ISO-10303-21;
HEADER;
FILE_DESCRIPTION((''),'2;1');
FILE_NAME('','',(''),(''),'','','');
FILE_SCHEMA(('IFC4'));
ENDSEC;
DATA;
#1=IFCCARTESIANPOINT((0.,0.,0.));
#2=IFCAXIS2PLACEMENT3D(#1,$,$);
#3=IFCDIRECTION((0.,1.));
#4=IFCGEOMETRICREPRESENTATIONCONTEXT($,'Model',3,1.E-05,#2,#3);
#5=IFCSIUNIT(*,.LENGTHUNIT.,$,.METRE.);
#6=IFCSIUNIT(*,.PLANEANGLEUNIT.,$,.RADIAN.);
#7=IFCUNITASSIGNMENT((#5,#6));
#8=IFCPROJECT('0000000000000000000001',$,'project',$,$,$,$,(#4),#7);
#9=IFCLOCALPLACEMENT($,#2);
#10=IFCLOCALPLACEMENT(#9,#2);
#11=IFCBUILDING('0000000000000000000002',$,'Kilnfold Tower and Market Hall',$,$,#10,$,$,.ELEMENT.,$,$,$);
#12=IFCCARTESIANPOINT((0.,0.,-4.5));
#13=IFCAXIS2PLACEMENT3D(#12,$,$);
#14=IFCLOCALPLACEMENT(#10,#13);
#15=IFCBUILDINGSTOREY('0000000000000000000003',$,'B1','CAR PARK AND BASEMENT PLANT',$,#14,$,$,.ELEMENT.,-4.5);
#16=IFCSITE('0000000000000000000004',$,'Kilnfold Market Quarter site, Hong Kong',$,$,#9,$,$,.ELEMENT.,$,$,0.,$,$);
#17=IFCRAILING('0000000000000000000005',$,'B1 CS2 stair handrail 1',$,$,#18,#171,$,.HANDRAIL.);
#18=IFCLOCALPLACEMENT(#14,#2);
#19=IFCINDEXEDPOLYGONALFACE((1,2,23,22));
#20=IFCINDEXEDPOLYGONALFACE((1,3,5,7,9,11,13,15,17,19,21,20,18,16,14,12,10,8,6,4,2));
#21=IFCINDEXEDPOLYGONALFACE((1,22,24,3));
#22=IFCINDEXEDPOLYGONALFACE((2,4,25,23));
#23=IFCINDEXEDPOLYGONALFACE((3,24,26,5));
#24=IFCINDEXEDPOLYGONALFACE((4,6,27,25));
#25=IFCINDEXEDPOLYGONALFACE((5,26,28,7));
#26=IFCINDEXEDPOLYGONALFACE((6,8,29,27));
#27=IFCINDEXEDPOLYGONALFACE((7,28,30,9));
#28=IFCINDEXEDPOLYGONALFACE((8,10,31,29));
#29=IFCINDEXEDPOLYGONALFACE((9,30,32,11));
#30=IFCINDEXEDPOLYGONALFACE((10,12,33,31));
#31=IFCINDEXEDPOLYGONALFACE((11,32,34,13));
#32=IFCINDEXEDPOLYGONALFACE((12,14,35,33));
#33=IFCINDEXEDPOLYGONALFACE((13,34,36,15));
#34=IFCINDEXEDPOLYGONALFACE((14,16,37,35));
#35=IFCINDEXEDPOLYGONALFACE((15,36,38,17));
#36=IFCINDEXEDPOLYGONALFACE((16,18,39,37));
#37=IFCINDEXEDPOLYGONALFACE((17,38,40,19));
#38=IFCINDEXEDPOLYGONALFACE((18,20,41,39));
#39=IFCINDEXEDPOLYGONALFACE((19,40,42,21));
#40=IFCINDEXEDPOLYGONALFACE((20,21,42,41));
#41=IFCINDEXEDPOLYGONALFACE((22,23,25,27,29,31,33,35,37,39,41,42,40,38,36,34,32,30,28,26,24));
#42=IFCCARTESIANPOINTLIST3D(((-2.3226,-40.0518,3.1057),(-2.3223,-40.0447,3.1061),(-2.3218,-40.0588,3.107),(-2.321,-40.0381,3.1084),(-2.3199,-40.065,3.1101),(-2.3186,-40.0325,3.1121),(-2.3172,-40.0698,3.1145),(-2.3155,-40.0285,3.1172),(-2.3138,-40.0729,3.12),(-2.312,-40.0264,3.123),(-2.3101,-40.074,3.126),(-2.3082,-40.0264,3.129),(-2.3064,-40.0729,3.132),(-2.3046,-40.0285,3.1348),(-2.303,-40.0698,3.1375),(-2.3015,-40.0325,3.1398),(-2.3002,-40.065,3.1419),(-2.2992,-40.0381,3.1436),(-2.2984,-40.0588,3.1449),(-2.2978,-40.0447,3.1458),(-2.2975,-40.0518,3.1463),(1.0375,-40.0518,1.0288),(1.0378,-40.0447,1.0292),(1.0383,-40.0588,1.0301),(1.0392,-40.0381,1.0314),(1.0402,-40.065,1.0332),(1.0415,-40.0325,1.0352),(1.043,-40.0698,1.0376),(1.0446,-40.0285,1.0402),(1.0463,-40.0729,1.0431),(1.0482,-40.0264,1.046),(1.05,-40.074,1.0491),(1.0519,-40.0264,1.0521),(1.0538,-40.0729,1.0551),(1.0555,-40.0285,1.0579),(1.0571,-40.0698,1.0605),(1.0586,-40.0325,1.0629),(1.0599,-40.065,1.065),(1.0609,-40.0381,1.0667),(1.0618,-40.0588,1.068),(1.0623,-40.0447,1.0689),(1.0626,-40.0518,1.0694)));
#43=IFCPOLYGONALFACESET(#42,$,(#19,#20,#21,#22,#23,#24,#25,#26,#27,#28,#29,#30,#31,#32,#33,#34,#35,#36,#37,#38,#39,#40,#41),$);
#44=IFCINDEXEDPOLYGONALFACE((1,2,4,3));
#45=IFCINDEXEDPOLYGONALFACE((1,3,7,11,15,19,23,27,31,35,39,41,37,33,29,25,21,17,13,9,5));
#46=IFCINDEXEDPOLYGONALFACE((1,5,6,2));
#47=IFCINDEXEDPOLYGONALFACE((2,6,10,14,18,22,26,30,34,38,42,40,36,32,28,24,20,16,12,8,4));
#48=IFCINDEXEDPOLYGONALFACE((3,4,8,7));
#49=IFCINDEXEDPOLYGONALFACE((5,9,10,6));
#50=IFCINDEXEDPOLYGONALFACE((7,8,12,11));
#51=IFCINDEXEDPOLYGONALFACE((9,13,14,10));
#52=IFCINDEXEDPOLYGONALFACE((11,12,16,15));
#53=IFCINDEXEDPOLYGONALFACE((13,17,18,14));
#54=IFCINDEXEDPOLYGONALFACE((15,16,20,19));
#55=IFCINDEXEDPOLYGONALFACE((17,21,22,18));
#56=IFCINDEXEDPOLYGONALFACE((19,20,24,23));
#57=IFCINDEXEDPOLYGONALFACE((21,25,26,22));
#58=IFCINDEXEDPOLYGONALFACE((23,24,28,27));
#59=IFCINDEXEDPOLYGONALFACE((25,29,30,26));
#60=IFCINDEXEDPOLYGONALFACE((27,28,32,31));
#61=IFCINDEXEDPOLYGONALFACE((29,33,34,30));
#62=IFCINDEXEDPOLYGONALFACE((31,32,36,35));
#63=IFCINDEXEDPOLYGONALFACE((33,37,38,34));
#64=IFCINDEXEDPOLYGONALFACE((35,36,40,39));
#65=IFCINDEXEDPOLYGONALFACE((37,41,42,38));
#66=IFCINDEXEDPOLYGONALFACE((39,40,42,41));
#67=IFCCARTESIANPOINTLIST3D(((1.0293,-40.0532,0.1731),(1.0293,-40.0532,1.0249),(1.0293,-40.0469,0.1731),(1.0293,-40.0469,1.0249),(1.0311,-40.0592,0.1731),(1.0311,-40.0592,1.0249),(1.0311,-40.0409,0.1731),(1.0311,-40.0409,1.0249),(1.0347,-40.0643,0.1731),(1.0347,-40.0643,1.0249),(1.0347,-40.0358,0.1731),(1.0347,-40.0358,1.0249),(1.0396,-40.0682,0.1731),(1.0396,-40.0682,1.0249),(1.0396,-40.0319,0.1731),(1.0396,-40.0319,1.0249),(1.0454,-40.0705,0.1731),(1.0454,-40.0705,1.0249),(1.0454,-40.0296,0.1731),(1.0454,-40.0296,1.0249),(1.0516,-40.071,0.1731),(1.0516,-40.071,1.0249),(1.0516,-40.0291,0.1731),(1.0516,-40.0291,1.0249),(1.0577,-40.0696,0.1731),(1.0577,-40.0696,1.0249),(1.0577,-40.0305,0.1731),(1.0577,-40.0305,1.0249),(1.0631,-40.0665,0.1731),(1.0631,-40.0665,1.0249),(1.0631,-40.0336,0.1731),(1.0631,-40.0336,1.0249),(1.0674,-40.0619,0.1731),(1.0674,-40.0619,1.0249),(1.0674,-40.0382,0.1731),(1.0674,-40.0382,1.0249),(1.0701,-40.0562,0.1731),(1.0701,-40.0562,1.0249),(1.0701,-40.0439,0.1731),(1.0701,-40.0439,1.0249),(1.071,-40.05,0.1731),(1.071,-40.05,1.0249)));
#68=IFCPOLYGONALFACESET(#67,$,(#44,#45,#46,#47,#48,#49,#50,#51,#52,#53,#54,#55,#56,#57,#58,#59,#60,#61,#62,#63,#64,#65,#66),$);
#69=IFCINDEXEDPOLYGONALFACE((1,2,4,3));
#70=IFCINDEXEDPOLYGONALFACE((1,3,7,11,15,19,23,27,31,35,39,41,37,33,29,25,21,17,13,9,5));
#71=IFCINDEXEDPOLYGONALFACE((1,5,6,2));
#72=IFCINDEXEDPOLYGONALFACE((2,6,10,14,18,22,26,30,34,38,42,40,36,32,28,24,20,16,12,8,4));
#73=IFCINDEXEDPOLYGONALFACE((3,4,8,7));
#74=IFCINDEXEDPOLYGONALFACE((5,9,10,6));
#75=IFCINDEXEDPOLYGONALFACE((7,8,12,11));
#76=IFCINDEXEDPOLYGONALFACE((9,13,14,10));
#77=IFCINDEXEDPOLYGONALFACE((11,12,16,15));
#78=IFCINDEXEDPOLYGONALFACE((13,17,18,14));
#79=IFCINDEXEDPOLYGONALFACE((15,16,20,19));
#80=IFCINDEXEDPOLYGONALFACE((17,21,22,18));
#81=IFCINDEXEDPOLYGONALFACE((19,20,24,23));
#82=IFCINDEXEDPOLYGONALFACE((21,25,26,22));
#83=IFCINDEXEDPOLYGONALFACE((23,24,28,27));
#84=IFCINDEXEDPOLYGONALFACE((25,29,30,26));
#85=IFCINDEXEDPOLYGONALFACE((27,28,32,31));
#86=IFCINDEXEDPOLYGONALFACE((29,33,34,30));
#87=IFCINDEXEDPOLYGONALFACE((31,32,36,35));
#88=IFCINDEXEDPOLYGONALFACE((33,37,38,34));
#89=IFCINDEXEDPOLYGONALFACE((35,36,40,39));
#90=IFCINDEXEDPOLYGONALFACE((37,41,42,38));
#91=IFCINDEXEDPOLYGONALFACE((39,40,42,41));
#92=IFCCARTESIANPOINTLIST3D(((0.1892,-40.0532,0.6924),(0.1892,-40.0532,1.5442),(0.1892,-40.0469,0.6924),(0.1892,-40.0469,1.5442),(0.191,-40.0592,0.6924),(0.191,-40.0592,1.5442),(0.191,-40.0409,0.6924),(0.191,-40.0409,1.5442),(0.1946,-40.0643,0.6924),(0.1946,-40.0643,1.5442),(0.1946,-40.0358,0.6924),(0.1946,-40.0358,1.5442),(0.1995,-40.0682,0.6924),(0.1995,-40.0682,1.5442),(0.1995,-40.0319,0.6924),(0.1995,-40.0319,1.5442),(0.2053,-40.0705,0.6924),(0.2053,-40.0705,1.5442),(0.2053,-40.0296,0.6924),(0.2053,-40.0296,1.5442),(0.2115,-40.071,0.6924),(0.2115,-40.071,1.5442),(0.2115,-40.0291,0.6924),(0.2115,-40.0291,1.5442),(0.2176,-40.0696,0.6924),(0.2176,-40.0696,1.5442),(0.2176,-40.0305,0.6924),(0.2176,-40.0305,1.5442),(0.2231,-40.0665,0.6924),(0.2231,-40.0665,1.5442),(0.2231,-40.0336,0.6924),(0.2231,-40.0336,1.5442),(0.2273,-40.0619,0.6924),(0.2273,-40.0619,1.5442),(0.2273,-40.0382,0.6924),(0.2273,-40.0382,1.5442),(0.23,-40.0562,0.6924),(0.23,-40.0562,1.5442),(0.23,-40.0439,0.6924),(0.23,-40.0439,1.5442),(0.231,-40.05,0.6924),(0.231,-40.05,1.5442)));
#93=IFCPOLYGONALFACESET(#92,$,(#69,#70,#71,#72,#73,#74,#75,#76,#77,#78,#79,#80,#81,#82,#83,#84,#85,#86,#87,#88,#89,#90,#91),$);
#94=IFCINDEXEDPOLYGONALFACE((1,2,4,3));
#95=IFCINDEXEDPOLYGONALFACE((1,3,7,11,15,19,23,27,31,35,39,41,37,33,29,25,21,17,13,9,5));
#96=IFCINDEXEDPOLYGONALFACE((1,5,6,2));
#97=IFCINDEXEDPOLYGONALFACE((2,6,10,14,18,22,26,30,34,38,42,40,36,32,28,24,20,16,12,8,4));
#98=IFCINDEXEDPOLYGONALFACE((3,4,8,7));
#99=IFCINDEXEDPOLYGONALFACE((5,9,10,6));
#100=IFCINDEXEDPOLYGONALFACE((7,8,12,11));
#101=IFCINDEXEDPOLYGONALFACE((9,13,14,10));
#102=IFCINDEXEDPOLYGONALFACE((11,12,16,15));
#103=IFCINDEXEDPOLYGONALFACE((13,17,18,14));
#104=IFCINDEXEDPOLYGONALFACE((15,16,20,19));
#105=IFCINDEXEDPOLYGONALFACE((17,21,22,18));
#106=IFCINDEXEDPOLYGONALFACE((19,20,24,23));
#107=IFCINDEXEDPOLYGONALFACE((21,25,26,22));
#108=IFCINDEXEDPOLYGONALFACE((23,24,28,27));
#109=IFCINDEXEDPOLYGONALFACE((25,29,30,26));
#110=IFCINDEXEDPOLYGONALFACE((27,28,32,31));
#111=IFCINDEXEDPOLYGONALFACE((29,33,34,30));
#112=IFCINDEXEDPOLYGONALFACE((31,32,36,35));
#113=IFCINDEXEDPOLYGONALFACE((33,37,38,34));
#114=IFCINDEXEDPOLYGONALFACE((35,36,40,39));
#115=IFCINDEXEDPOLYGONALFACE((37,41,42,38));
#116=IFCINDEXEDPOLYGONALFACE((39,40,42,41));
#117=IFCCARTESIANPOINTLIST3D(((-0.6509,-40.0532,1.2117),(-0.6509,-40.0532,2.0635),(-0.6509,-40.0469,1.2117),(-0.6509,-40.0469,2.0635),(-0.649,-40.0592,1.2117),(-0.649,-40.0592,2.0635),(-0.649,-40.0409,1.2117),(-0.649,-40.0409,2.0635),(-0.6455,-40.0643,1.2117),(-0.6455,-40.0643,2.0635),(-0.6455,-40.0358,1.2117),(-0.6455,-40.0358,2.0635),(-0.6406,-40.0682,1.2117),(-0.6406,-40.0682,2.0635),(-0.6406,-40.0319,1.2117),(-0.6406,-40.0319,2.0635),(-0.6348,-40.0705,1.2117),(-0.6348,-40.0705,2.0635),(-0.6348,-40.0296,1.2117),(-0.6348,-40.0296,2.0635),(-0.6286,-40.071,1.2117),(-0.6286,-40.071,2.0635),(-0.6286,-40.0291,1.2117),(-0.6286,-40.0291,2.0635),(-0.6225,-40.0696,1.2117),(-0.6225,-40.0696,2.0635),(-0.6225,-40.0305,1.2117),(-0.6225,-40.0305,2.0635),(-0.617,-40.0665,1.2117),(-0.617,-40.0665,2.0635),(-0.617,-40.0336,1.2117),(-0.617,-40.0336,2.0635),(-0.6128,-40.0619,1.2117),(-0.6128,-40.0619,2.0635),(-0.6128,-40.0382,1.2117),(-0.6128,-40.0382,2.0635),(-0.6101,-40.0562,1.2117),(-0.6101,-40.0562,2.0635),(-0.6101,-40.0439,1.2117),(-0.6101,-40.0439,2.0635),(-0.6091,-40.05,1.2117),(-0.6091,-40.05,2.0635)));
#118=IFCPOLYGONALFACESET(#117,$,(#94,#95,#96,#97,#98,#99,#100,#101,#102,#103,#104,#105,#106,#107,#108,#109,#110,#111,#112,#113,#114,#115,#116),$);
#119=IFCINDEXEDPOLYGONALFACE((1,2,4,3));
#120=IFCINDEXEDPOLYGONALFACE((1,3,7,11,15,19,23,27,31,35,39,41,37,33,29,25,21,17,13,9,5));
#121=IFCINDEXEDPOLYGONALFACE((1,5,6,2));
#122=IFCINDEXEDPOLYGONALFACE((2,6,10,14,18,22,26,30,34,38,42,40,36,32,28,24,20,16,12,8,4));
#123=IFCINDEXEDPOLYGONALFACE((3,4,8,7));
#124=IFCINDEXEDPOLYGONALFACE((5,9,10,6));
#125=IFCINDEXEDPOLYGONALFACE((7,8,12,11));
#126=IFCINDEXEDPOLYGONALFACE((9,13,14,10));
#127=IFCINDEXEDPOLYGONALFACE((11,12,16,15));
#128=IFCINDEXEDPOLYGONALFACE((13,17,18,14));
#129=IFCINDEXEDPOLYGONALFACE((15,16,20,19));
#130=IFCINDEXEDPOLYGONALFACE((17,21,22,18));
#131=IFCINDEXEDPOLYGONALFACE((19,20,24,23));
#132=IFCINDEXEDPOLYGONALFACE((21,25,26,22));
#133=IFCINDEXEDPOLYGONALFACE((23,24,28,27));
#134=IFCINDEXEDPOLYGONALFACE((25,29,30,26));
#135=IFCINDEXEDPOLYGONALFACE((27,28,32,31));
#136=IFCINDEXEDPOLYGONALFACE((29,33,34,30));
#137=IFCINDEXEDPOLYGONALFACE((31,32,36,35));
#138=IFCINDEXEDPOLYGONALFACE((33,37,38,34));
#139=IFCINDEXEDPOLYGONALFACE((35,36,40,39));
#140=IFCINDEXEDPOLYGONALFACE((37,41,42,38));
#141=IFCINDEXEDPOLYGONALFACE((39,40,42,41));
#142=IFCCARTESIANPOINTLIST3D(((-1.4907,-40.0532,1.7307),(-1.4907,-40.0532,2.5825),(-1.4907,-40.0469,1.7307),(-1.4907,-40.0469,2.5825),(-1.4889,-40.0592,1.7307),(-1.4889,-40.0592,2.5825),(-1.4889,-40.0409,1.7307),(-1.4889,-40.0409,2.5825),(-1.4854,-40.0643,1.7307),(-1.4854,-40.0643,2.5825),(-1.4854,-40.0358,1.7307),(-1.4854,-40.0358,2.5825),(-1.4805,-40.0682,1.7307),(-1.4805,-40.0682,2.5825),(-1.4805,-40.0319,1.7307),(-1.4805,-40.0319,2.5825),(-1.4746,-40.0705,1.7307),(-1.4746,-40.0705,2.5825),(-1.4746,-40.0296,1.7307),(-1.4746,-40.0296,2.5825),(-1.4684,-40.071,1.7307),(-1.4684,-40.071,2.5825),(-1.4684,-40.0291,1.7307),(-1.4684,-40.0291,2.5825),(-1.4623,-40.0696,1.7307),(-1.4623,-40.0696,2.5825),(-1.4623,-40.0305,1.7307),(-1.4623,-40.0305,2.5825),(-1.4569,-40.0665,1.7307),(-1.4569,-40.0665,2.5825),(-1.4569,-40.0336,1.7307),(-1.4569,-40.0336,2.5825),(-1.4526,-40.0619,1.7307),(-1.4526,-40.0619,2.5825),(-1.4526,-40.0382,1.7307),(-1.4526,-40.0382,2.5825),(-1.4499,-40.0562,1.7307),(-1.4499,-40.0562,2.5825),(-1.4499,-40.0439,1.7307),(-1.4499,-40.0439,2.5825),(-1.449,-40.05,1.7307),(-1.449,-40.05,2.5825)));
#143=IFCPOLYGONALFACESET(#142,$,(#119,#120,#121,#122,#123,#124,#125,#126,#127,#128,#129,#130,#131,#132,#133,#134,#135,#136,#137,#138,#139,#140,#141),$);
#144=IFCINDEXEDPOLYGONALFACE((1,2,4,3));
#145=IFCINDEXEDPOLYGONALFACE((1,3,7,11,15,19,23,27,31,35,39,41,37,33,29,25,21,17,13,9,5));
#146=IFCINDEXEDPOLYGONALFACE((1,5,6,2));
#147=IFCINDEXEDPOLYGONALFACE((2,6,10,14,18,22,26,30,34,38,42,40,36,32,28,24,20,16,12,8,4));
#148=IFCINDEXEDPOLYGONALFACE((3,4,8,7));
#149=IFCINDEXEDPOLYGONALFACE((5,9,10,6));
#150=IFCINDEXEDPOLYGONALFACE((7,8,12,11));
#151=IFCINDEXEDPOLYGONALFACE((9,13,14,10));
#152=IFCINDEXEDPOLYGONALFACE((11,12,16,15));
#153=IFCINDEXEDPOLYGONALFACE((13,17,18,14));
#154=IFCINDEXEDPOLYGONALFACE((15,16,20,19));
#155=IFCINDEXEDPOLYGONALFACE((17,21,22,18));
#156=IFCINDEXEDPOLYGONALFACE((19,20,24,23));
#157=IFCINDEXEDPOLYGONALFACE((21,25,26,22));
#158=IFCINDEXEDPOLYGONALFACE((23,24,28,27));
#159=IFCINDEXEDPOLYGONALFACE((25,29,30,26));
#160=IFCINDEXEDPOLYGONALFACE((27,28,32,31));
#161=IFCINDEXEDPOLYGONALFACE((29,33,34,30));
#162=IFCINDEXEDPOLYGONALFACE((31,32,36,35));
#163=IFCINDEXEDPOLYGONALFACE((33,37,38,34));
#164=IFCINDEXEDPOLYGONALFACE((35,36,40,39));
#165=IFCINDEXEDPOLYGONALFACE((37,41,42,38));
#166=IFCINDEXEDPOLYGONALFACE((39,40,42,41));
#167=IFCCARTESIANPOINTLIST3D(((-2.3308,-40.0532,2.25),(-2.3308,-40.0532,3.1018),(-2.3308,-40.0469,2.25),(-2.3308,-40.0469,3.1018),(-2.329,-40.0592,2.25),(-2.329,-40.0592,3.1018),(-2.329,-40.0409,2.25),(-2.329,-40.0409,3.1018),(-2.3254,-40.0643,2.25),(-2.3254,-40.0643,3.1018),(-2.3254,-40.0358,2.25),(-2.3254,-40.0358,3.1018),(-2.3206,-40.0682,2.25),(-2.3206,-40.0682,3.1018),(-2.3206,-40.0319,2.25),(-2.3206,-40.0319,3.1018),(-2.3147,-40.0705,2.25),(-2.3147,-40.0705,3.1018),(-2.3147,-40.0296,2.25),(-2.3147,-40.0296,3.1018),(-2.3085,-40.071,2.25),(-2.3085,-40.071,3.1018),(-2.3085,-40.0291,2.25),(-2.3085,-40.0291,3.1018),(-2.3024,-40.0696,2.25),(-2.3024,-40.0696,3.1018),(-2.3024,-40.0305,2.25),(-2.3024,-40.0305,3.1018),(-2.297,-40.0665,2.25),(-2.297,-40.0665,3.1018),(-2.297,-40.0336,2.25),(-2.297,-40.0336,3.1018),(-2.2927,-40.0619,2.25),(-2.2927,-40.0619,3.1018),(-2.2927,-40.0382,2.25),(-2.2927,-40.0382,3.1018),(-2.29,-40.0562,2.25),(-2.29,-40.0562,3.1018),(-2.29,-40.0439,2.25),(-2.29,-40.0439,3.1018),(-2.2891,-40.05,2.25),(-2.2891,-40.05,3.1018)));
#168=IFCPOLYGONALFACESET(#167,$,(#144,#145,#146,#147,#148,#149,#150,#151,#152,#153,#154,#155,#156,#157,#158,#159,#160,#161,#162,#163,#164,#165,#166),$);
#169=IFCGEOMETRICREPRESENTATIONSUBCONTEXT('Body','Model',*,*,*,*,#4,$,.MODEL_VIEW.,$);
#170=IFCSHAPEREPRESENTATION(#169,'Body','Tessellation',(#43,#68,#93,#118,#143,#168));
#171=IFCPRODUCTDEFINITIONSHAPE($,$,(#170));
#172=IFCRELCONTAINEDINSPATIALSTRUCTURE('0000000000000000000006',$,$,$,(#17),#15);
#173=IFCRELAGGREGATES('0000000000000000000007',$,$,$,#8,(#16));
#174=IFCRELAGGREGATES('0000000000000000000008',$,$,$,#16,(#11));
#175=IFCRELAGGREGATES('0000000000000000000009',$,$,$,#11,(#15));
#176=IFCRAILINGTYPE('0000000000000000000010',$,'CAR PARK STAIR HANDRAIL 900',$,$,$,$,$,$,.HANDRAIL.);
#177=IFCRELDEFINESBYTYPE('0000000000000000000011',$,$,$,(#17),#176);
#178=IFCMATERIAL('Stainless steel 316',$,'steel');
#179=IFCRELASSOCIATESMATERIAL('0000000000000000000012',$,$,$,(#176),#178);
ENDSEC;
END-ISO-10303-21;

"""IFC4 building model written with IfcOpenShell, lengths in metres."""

from ifc_helpers import new_model, si_unit, direction, frame, origin, origin_2d, place, context, subcontext, project, spatial, circle, extrude, material, type_object, element, save


model = new_model("IFC4")

# Units and contexts
model_context = context("Model", 3, precision=1e-05, world=origin(), true_north=direction((0.0, 1.0)))
body_context = subcontext(model_context, "Body", "Model", "MODEL_VIEW")
ifc_project = project(units=[si_unit("LENGTHUNIT", "METRE"), si_unit("PLANEANGLEUNIT", "RADIAN")], contexts=[model_context])

# Site, building, storey
site_placement = place(None, origin())
site = spatial("IfcSite", under=ifc_project, at=site_placement, Name="Kilnfold Market Quarter site, Hong Kong", CompositionType="ELEMENT", RefElevation=0.0)
building_placement = place(site_placement, origin())
building = spatial("IfcBuilding", under=site, at=building_placement, Name="Kilnfold Tower and Market Hall", CompositionType="ELEMENT")
storey_placement = place(building_placement, frame((0.0, 0.0, -4.5)))
storey = spatial("IfcBuildingStorey", under=building, at=storey_placement, Name="B1", Description="CAR PARK AND BASEMENT PLANT", CompositionType="ELEMENT", Elevation=-4.5)

# Railing
ifc_material_1 = material(Name="Stainless steel 316", Category="steel")
railing_type_1 = type_object("IfcRailingType", Name="CAR PARK STAIR HANDRAIL 900", PredefinedType="HANDRAIL", material=ifc_material_1)
railing_1_placement = place(storey_placement, frame((1.05, -40.05, 0.1731)))
element("IfcRailing", 1, at=railing_1_placement, inside=storey, type_object=railing_type_1, Name="B1 CS2 stair handrail 1", PredefinedType="HANDRAIL", context=body_context, shape_type="SweptSolid", body=[
    extrude(circle(Radius=0.0239, at=origin_2d()), frame((0.0, 0.0, 0.876), z_axis=(-0.850623, 0.0, 0.525776), x_axis=(0.0, -1.0, 0.0)), (0.0, 0.0, 1.0), 3.9502),
    extrude(circle(Radius=0.021, at=origin_2d()), origin(), (0.0, 0.0, 1.0), 0.8518),
    extrude(circle(Radius=0.021, at=origin_2d()), frame((-0.8401, 0.0, 0.5193)), (0.0, 0.0, 1.0), 0.8518),
    extrude(circle(Radius=0.021, at=origin_2d()), frame((-1.6802, 0.0, 1.0386)), (0.0, 0.0, 1.0), 0.8518),
    extrude(circle(Radius=0.021, at=origin_2d()), frame((-2.52, 0.0, 1.5576)), (0.0, 0.0, 1.0), 0.8518),
    extrude(circle(Radius=0.021, at=origin_2d()), frame((-3.3601, 0.0, 2.0769)), (0.0, 0.0, 1.0), 0.8518),
])

save(model, "model.ifc")
